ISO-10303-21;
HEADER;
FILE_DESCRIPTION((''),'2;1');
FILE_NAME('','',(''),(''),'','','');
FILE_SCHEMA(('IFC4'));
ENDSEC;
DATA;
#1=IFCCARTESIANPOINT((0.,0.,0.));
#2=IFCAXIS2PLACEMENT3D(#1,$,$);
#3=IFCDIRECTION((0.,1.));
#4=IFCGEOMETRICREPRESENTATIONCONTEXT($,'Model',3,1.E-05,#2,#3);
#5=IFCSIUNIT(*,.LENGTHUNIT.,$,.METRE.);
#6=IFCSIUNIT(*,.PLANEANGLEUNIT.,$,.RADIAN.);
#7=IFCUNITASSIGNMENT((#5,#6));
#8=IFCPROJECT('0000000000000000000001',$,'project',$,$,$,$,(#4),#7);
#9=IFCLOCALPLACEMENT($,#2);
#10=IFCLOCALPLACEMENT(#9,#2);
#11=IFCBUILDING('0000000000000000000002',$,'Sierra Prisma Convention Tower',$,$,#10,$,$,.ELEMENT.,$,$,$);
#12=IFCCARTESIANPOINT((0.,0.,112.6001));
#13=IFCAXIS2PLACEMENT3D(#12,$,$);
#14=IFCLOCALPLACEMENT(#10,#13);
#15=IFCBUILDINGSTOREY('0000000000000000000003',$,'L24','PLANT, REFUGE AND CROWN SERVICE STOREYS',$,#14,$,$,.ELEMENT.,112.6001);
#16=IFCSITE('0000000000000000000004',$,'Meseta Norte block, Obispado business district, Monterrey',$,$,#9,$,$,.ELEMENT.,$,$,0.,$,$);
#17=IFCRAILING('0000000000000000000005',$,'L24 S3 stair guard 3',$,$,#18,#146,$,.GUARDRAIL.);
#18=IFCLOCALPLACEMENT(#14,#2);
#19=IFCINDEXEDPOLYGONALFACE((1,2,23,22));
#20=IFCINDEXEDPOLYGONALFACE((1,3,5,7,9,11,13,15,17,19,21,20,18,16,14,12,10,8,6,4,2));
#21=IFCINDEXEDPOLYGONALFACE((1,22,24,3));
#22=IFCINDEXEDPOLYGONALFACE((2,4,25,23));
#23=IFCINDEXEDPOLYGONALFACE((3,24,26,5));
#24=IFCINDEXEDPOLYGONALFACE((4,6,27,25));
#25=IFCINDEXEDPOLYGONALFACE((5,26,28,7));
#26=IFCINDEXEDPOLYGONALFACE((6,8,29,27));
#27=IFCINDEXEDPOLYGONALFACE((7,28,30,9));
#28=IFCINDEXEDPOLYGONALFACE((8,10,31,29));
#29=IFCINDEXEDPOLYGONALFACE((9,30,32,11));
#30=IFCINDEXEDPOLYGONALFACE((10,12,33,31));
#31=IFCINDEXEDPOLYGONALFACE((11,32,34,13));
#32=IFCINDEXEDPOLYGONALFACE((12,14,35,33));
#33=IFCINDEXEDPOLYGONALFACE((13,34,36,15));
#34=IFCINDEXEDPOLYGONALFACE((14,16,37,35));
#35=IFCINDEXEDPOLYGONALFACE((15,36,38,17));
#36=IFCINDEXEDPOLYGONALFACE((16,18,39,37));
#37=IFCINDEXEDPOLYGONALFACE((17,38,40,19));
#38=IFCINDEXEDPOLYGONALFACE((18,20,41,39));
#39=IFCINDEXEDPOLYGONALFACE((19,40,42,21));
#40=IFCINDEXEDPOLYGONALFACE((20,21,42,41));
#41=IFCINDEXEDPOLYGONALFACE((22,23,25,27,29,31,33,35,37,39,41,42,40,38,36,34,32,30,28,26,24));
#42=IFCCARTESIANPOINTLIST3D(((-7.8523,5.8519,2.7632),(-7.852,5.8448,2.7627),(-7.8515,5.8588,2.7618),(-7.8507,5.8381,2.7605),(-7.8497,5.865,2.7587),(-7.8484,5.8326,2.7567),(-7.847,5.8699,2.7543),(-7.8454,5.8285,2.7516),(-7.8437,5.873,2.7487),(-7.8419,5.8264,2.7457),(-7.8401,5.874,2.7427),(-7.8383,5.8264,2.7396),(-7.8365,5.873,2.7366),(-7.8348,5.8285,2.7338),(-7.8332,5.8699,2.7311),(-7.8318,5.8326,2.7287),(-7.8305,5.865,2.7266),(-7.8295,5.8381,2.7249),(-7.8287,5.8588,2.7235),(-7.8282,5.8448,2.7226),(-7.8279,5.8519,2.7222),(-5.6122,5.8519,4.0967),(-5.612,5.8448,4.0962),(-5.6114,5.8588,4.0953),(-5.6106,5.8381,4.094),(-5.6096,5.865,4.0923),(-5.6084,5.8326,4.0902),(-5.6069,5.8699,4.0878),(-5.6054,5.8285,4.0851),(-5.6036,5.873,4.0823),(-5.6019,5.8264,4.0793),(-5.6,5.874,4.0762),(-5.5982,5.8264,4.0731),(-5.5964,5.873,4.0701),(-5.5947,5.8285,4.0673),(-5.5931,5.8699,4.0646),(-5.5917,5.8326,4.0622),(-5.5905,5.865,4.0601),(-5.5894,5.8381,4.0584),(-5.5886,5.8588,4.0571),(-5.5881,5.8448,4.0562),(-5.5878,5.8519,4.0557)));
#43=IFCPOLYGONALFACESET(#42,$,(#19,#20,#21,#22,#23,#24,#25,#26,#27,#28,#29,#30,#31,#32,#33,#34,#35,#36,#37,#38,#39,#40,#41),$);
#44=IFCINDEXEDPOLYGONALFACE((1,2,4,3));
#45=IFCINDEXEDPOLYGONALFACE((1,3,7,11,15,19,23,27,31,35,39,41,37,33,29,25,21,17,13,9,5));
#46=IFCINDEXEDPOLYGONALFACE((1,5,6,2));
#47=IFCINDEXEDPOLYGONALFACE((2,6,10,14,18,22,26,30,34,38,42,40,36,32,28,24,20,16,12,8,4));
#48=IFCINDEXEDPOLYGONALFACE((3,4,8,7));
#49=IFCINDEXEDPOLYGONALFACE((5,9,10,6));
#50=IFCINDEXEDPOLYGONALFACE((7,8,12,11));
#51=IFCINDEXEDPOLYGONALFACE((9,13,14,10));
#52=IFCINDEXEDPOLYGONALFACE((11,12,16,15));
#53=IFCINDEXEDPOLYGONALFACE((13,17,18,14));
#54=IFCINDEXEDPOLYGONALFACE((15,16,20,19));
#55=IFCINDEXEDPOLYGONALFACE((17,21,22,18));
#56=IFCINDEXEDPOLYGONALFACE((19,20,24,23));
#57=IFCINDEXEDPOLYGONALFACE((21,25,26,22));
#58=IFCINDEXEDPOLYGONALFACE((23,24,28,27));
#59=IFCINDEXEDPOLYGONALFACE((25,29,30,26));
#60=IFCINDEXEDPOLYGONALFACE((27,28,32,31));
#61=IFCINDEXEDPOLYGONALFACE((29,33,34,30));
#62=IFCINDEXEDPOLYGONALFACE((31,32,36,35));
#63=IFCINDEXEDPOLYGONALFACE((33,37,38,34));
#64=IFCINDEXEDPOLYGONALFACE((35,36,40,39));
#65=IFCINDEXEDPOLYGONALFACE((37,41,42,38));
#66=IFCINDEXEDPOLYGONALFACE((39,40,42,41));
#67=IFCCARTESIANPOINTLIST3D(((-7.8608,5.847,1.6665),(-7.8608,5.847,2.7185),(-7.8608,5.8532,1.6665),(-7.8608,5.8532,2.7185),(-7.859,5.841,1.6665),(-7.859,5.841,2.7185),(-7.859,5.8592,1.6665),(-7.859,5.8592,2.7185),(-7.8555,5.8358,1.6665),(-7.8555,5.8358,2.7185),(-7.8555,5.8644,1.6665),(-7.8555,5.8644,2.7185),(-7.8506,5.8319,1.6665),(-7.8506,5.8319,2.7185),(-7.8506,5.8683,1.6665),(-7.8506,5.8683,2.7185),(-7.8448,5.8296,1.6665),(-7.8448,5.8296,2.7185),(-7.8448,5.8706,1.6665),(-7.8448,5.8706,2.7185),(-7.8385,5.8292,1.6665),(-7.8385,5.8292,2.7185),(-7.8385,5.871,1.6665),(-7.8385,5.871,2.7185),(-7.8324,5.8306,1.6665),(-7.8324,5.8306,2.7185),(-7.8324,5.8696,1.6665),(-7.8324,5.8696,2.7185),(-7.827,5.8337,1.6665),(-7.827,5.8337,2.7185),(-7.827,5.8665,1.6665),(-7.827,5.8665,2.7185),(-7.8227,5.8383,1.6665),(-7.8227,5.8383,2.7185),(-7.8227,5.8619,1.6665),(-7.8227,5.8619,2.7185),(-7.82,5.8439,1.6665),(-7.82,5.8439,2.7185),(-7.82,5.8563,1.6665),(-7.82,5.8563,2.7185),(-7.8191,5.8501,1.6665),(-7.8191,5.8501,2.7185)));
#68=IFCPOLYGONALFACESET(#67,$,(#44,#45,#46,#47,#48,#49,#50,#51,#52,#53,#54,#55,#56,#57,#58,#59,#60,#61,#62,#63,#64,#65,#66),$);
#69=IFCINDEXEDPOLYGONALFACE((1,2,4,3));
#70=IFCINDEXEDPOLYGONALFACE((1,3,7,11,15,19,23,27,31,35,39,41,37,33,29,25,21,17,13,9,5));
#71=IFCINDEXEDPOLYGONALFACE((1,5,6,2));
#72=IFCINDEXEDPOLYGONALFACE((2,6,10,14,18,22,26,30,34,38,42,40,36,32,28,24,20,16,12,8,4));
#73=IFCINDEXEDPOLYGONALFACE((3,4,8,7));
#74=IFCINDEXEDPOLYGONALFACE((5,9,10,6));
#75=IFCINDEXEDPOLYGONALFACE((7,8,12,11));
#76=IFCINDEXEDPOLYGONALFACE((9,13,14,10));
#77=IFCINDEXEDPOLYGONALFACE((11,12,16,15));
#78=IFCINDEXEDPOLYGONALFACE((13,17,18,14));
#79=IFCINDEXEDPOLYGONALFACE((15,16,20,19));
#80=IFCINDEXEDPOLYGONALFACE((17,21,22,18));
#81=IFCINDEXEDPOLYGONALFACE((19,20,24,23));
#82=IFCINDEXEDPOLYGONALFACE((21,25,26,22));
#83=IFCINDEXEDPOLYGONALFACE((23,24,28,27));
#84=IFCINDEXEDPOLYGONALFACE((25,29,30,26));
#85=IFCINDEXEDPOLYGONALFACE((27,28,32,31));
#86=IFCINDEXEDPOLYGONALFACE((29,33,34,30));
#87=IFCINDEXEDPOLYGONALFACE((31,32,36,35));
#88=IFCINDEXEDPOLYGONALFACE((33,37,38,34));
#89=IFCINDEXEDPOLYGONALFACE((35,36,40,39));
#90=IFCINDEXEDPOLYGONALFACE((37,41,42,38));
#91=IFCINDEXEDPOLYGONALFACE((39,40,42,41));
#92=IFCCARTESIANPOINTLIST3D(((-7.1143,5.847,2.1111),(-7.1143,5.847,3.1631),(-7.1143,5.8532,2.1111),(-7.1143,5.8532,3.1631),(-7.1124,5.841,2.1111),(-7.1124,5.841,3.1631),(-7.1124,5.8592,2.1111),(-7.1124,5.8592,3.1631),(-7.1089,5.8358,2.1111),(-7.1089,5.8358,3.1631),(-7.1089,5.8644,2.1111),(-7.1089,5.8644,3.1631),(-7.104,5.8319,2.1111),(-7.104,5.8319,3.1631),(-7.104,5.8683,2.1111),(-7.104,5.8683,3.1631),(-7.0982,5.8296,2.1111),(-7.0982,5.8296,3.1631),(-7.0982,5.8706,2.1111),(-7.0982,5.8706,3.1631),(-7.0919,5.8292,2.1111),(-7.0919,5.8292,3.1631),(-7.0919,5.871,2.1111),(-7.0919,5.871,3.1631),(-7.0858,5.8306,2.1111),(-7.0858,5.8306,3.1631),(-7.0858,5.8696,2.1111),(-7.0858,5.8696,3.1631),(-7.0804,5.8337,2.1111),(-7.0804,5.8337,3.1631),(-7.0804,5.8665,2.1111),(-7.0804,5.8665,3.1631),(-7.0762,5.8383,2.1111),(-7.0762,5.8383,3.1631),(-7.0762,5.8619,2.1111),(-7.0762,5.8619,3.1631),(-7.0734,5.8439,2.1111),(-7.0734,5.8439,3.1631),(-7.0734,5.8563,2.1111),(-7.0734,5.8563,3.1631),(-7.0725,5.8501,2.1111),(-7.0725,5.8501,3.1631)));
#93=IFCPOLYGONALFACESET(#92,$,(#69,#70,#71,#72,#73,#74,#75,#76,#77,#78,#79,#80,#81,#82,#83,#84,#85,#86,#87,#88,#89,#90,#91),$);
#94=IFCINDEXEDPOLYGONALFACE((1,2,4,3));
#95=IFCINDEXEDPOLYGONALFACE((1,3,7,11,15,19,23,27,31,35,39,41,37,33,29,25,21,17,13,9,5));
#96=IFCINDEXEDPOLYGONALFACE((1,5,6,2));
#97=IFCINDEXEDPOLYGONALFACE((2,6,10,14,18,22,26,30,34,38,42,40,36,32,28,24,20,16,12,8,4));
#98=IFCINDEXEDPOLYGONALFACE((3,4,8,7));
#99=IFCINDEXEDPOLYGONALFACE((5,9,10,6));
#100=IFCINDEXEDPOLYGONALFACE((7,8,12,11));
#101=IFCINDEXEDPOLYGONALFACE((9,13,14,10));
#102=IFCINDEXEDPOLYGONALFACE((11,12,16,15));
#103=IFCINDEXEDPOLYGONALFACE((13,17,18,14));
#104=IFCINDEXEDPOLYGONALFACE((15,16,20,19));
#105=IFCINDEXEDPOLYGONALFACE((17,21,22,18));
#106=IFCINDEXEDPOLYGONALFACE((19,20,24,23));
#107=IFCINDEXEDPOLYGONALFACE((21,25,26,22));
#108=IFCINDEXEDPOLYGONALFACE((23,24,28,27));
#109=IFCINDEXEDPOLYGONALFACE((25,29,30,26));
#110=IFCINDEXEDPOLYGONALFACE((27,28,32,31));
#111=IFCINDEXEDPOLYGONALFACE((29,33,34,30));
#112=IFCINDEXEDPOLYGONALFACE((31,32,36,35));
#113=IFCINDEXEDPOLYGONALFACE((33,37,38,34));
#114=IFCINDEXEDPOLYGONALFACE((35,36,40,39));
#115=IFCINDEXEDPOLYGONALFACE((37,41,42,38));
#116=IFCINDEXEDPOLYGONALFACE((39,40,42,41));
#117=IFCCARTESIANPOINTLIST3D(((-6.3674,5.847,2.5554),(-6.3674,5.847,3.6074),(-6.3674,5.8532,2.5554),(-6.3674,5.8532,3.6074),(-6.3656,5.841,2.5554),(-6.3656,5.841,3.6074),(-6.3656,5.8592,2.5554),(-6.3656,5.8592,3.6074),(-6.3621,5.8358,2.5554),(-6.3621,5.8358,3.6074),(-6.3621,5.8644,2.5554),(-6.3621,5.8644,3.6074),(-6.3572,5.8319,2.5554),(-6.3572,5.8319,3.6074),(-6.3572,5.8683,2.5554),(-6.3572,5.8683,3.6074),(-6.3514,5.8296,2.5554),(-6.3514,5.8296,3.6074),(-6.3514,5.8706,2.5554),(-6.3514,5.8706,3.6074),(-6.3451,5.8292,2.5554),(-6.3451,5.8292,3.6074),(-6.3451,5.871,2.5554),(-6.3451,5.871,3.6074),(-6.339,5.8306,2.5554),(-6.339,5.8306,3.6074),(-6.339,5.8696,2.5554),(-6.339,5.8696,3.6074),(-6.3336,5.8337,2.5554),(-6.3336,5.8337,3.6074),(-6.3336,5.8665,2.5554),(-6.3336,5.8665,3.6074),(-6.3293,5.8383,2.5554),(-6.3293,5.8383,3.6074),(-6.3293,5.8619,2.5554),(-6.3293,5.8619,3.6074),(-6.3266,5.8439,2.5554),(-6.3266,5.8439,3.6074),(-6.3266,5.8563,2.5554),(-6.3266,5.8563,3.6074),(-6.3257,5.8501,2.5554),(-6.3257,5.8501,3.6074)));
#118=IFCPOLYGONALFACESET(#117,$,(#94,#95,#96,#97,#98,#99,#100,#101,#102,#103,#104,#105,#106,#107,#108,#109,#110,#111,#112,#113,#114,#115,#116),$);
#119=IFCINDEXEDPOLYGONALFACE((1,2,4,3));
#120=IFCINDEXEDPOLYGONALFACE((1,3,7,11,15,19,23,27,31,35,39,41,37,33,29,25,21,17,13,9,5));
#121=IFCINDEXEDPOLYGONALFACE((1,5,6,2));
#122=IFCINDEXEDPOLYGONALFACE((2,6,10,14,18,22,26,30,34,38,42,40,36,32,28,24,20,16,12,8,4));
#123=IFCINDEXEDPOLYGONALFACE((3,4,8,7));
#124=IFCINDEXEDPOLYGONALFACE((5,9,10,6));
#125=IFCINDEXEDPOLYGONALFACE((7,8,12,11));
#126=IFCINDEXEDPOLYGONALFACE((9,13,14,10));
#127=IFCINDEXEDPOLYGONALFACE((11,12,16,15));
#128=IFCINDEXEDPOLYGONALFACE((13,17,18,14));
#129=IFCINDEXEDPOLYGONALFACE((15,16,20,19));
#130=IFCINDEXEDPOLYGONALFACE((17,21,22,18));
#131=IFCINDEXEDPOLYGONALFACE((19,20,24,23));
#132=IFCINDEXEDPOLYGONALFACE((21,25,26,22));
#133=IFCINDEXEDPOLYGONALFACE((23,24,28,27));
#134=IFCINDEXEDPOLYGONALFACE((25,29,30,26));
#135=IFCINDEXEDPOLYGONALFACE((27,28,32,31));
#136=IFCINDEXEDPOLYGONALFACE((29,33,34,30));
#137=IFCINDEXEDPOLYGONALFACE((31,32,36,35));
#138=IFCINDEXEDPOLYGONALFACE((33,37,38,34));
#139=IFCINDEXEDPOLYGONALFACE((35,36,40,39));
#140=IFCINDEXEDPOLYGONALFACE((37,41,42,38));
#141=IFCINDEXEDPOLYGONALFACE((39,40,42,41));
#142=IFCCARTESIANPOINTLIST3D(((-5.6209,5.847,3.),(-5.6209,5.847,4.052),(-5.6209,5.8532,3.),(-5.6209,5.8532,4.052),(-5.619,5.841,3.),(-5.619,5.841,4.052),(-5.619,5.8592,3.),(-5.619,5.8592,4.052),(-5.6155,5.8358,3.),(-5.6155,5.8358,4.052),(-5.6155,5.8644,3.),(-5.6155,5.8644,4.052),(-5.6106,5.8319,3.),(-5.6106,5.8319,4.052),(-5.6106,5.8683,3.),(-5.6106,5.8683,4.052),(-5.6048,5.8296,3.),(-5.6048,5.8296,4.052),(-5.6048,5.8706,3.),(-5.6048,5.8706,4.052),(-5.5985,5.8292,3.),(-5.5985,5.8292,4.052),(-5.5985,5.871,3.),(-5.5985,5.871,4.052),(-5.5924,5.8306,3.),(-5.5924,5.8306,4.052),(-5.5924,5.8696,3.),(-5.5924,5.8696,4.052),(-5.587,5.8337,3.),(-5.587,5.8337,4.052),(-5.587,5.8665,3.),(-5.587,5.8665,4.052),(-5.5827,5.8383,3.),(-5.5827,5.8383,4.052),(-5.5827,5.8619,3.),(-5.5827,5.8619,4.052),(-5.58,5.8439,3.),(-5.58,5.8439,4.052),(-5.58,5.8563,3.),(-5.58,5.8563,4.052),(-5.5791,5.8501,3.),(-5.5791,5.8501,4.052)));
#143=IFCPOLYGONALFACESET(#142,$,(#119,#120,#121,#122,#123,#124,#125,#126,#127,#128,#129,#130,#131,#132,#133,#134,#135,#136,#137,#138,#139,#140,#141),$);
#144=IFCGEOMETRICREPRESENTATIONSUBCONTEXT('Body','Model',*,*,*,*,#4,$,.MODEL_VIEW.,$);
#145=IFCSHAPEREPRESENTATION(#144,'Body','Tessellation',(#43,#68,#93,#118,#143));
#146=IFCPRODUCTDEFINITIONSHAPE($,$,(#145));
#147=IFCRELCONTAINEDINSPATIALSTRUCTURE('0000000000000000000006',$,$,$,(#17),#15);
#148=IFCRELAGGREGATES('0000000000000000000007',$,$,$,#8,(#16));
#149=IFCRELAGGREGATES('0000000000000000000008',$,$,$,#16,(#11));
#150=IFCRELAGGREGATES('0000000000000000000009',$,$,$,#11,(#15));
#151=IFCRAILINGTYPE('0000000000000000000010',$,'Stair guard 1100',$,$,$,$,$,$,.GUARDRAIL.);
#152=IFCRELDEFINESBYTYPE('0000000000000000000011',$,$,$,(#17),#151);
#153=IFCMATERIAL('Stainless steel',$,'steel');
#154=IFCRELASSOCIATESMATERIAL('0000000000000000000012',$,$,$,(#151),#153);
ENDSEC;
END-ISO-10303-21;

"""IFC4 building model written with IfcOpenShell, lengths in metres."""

from ifc_helpers import new_model, si_unit, direction, frame, origin, origin_2d, place, context, subcontext, project, spatial, circle, extrude, material, type_object, element, save


model = new_model("IFC4")

# Units and contexts
model_context = context("Model", 3, precision=1e-05, world=origin(), true_north=direction((0.0, 1.0)))
body_context = subcontext(model_context, "Body", "Model", "MODEL_VIEW")
ifc_project = project(units=[si_unit("LENGTHUNIT", "METRE"), si_unit("PLANEANGLEUNIT", "RADIAN")], contexts=[model_context])

# Site, building, storey
site_placement = place(None, origin())
site = spatial("IfcSite", under=ifc_project, at=site_placement, Name="Meseta Norte block, Obispado business district, Monterrey", CompositionType="ELEMENT", RefElevation=0.0)
building_placement = place(site_placement, origin())
building = spatial("IfcBuilding", under=site, at=building_placement, Name="Sierra Prisma Convention Tower", CompositionType="ELEMENT")
storey_placement = place(building_placement, frame((0.0, 0.0, 112.6001)))
storey = spatial("IfcBuildingStorey", under=building, at=storey_placement, Name="L24", Description="PLANT, REFUGE AND CROWN SERVICE STOREYS", CompositionType="ELEMENT", Elevation=112.6001)

# Railing
ifc_material_1 = material(Name="Stainless steel", Category="steel")
railing_type_1 = type_object("IfcRailingType", Name="Stair guard 1100", PredefinedType="GUARDRAIL", material=ifc_material_1)
railing_1_placement = place(storey_placement, frame((-7.8401, 5.8501, 1.6665)))
element("IfcRailing", 1, at=railing_1_placement, inside=storey, type_object=railing_type_1, Name="L24 S3 stair guard 3", PredefinedType="GUARDRAIL", context=body_context, shape_type="SweptSolid", body=[
    extrude(circle(Radius=0.0239, at=origin_2d()), frame((0.0, 0.0, 1.0762), z_axis=(0.859264, 0.0, 0.511532), x_axis=(0.0, 1.0, 0.0)), (0.0, 0.0, 1.0), 2.6069),
    extrude(circle(Radius=0.021, at=origin_2d()), origin(), (0.0, 0.0, 1.0), 1.052),
    extrude(circle(Radius=0.021, at=origin_2d()), frame((0.7466, 0.0, 0.4446)), (0.0, 0.0, 1.0), 1.052),
    extrude(circle(Radius=0.021, at=origin_2d()), frame((1.4934, 0.0, 0.8889)), (0.0, 0.0, 1.0), 1.052),
    extrude(circle(Radius=0.021, at=origin_2d()), frame((2.24, 0.0, 1.3335)), (0.0, 0.0, 1.0), 1.052),
])

save(model, "model.ifc")
